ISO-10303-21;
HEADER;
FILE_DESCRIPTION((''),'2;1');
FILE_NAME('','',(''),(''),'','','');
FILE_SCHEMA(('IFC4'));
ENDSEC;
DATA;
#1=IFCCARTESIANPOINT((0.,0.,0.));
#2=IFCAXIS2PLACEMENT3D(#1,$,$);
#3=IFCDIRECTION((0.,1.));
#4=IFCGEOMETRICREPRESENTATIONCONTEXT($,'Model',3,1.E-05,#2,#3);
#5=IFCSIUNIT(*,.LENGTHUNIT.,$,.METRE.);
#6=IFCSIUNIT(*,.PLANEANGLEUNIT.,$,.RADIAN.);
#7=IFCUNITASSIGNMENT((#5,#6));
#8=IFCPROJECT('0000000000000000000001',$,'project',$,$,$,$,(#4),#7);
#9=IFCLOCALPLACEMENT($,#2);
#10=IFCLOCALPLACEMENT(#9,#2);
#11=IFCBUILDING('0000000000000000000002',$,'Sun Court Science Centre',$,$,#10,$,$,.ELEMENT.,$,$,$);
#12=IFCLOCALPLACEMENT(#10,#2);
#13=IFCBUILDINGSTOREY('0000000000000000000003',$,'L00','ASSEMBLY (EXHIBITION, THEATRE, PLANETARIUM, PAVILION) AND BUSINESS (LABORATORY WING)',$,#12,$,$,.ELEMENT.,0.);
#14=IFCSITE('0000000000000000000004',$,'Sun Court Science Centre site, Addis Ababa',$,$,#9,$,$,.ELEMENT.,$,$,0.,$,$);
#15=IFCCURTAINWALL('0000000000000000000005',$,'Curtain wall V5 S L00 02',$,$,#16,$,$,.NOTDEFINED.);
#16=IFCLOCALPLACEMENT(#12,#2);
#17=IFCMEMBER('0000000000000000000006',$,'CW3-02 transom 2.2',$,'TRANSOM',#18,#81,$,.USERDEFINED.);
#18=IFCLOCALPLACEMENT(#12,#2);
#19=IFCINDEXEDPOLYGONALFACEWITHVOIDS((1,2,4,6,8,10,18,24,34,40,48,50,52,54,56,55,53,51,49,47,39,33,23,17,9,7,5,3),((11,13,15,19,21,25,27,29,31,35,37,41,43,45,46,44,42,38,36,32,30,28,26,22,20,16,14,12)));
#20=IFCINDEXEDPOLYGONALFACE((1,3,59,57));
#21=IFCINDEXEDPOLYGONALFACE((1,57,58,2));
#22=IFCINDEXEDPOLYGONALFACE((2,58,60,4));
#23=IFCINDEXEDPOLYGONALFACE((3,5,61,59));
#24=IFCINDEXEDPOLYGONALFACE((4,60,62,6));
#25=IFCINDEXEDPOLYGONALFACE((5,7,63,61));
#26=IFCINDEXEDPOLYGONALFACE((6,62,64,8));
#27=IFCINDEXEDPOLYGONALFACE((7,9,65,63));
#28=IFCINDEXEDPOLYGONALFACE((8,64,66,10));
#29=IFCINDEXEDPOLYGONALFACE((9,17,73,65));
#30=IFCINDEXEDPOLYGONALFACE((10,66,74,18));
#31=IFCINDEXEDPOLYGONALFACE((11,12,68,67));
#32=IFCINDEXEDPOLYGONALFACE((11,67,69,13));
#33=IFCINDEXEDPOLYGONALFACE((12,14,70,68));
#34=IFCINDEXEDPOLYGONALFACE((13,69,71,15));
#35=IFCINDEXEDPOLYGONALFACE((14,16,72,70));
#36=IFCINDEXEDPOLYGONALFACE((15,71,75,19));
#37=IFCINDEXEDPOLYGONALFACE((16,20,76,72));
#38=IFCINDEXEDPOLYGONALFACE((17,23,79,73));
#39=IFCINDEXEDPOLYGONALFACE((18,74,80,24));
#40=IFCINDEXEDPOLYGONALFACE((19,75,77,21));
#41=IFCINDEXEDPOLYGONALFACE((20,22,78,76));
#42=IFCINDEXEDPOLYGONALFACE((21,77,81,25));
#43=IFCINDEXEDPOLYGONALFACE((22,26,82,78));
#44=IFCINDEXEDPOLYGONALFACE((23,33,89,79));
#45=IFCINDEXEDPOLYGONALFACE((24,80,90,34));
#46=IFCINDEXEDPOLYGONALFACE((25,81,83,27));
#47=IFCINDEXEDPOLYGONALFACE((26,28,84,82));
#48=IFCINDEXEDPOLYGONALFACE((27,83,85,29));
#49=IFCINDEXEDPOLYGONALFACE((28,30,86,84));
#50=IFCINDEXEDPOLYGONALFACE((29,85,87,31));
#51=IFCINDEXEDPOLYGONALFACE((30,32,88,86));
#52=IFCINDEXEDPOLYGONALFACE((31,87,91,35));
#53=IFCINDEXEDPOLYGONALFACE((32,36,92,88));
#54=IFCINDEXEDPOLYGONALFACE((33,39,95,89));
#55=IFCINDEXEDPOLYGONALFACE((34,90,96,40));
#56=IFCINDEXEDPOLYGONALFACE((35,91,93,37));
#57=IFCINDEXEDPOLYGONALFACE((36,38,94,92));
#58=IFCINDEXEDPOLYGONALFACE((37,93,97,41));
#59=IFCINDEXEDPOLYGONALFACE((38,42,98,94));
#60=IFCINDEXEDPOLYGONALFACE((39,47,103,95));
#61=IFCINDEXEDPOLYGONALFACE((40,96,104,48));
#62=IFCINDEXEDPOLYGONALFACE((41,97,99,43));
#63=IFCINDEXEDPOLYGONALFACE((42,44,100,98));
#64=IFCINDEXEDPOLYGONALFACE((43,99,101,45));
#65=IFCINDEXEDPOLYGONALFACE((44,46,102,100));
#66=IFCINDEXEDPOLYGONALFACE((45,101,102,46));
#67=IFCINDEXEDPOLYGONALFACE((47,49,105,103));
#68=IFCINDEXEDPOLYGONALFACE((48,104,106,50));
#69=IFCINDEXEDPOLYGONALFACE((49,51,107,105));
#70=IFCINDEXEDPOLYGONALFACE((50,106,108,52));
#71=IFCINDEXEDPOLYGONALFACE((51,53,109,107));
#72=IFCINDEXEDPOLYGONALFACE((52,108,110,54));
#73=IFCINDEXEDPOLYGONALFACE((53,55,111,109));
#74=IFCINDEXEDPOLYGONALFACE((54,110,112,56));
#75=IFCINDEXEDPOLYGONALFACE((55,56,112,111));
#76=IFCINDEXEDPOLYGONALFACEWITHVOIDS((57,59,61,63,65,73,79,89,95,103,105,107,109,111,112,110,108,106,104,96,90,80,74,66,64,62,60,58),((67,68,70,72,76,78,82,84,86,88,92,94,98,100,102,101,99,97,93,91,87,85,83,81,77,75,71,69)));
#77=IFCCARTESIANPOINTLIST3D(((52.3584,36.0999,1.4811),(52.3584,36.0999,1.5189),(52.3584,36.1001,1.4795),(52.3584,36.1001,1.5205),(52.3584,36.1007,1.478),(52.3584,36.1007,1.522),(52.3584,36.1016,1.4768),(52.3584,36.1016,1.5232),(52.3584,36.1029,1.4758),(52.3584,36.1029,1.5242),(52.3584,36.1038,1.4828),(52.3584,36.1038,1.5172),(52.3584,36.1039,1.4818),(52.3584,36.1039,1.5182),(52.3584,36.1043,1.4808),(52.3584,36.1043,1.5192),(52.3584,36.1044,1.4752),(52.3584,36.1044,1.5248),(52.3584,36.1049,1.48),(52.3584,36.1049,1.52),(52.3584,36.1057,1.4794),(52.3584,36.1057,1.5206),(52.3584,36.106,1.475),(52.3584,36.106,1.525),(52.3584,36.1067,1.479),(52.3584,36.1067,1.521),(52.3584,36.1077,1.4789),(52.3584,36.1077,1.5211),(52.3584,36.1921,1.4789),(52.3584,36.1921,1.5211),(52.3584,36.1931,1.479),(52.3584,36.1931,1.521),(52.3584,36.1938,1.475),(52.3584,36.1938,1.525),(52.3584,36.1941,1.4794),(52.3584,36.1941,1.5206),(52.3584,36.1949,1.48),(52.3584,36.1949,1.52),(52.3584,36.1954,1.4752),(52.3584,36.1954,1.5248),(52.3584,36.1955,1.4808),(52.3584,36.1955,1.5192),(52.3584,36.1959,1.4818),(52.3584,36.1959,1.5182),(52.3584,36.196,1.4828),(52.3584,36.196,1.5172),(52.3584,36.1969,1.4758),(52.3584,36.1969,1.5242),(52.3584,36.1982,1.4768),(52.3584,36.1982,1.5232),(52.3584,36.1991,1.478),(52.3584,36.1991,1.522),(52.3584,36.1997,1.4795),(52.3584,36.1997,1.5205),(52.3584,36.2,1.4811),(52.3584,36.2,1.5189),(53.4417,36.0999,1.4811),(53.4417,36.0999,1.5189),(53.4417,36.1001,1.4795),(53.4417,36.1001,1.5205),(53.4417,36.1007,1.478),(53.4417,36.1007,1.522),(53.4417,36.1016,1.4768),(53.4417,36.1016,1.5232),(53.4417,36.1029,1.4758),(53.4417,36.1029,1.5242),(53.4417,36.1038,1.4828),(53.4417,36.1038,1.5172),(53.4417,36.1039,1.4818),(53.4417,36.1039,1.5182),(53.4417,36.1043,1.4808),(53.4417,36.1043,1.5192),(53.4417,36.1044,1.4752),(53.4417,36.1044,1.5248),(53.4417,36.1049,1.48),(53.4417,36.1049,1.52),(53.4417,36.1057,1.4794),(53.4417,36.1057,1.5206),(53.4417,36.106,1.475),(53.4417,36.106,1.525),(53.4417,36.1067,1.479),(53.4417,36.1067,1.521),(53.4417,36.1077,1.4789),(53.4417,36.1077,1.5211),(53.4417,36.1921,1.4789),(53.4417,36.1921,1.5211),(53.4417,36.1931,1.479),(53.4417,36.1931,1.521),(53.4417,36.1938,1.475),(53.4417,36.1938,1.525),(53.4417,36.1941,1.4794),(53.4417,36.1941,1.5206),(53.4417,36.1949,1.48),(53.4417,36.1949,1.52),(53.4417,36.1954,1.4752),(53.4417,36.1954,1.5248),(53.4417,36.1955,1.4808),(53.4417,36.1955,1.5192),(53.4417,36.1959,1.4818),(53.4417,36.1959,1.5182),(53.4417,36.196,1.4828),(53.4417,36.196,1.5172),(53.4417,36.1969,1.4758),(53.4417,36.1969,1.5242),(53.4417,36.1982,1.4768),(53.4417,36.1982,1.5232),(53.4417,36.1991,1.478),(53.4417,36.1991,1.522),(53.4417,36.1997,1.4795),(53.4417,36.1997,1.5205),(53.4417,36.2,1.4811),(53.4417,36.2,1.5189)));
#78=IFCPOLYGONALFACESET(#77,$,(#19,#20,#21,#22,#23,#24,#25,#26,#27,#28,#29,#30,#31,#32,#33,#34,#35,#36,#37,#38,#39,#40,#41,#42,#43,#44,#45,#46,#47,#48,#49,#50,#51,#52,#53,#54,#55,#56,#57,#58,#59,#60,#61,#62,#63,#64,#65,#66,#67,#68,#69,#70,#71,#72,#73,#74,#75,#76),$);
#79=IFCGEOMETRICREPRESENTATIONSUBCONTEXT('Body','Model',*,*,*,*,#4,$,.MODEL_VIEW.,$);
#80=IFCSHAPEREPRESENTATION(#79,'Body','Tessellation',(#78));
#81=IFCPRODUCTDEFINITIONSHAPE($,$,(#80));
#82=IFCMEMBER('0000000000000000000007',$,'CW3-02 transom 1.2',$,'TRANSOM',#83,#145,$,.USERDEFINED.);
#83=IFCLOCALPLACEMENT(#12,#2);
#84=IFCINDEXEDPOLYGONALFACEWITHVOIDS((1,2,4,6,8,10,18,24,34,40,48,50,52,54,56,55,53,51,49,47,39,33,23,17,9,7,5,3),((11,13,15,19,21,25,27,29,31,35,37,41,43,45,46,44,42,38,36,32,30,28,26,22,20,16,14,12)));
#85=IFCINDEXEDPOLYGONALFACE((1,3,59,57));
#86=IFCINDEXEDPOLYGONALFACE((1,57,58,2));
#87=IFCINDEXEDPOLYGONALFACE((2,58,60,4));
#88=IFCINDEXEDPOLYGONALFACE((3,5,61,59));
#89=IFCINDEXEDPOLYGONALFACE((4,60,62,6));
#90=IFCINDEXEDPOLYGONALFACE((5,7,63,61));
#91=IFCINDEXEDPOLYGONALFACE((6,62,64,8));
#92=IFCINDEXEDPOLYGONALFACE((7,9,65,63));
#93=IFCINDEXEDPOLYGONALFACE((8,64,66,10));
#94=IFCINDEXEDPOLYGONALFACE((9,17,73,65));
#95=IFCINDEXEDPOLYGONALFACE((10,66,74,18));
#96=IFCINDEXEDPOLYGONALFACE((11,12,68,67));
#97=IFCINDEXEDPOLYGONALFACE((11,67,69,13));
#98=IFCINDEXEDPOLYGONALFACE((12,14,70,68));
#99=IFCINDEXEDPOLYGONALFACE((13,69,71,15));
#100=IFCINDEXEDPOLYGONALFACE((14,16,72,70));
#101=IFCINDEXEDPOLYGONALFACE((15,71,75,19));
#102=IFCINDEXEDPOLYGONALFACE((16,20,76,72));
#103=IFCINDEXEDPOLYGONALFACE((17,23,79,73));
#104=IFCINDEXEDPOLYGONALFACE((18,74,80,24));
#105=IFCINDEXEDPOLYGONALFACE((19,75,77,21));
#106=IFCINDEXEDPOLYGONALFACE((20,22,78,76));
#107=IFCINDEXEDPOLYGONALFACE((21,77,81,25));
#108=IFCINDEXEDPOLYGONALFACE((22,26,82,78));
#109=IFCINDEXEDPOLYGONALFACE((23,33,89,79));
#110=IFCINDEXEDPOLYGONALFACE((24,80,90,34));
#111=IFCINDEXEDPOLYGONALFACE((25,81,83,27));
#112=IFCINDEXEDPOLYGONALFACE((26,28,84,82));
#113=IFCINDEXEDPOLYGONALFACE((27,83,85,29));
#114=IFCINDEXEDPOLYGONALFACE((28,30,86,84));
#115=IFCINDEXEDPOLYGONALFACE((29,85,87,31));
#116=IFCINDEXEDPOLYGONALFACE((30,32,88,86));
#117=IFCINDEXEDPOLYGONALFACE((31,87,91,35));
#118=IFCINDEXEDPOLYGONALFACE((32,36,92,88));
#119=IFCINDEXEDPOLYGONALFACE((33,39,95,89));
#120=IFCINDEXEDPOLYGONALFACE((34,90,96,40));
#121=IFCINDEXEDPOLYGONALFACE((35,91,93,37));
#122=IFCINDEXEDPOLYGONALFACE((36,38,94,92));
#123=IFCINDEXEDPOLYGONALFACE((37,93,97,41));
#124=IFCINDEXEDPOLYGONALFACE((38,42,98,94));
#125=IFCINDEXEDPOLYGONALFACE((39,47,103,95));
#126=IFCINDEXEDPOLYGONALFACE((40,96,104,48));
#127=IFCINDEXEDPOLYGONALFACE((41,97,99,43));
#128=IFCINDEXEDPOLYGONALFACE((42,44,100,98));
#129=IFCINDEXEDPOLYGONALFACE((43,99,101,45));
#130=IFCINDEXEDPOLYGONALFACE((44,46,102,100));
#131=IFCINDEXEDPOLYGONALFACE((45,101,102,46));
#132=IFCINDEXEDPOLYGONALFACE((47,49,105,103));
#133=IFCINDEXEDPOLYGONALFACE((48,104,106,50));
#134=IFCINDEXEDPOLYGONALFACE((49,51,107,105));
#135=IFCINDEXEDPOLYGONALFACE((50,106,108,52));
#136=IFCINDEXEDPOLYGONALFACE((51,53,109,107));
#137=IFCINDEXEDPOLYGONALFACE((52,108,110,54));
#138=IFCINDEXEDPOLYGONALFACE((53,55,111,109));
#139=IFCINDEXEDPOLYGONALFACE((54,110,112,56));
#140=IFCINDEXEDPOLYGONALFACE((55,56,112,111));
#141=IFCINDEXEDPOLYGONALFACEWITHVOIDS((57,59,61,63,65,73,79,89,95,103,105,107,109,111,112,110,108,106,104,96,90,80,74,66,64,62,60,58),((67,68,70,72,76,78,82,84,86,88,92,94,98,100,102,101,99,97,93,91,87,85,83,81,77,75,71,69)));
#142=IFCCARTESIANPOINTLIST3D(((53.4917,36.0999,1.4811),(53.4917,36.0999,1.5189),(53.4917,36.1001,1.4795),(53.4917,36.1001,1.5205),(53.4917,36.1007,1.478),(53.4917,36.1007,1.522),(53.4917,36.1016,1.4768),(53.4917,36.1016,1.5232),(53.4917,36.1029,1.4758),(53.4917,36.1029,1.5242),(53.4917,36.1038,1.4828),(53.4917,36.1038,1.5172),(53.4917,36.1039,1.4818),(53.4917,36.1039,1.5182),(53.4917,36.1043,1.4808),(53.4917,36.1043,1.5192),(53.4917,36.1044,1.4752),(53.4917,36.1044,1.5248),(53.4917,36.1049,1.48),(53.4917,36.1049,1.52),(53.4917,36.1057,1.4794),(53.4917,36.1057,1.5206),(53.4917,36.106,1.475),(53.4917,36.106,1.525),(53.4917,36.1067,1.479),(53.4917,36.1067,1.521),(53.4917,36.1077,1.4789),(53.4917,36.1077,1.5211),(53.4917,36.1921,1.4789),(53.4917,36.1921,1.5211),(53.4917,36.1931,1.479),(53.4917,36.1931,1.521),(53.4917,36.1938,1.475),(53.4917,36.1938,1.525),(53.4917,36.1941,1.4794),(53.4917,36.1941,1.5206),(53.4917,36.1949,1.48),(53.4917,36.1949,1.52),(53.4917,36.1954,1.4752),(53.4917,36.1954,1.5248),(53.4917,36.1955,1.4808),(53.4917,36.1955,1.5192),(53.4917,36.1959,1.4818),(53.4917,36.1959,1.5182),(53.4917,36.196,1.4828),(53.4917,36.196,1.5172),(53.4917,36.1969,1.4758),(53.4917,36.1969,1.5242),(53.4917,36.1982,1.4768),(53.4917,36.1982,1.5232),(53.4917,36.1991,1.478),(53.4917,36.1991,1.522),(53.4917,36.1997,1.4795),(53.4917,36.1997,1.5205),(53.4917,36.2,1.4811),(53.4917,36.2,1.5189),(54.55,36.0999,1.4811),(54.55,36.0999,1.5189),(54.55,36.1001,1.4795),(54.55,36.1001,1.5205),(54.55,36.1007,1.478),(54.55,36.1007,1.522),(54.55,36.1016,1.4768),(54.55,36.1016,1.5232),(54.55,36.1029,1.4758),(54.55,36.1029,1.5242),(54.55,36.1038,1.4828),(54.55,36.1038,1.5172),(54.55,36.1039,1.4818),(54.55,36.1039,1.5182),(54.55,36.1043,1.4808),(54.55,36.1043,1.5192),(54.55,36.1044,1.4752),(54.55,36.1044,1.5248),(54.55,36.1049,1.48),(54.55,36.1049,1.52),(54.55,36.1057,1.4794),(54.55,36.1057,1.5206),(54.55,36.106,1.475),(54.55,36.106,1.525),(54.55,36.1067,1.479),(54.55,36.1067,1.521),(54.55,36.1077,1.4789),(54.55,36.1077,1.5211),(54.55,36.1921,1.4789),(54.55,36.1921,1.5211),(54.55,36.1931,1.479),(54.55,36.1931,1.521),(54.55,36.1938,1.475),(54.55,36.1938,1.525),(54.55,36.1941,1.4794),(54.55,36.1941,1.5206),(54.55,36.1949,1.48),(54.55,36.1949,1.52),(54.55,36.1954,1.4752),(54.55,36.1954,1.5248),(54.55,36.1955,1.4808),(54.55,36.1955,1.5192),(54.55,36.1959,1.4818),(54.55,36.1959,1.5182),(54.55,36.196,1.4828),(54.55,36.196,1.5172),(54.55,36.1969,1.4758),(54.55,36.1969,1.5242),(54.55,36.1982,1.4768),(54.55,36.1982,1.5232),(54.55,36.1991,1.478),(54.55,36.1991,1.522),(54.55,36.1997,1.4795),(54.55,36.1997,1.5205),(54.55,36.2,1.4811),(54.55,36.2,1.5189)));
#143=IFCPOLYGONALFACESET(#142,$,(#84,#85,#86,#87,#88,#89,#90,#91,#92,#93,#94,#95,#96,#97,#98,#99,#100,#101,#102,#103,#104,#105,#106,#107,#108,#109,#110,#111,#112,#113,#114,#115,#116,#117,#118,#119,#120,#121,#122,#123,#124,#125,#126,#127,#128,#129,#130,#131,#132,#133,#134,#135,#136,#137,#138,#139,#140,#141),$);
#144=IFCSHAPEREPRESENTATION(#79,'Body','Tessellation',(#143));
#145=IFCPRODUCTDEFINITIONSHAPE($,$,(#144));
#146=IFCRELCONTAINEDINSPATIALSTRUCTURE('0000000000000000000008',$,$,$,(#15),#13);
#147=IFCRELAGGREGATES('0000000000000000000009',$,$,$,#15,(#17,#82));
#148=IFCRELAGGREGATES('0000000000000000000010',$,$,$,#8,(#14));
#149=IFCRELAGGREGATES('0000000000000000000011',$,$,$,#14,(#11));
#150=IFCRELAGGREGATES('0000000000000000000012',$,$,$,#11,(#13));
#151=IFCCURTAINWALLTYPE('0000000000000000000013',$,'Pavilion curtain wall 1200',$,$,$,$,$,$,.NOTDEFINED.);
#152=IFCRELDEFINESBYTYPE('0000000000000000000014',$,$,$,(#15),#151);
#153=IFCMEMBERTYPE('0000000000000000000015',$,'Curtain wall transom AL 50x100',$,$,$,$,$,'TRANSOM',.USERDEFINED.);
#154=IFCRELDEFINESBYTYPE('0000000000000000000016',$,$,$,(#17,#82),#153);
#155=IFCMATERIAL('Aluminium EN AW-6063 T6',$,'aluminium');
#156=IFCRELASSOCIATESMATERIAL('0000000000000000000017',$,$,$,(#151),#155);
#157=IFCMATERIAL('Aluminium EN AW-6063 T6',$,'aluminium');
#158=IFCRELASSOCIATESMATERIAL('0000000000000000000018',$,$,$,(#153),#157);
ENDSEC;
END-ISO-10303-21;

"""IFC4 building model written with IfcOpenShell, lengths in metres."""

from ifc_helpers import new_model, si_unit, direction, frame, origin, origin_2d, place, context, subcontext, project, spatial, hollow_rectangle, extrude, material, material_profile, profile_set, type_object, element, aggregate, save


model = new_model("IFC4")

# Units and contexts
model_context = context("Model", 3, precision=1e-05, world=origin(), true_north=direction((0.0, 1.0)))
body_context = subcontext(model_context, "Body", "Model", "MODEL_VIEW")
ifc_project = project(units=[si_unit("LENGTHUNIT", "METRE"), si_unit("PLANEANGLEUNIT", "RADIAN")], contexts=[model_context])

# Site, building, storey
site_placement = place(None, origin())
site = spatial("IfcSite", under=ifc_project, at=site_placement, Name="Sun Court Science Centre site, Addis Ababa", CompositionType="ELEMENT", RefElevation=0.0)
building_placement = place(site_placement, origin())
building = spatial("IfcBuilding", under=site, at=building_placement, Name="Sun Court Science Centre", CompositionType="ELEMENT")
storey_placement = place(building_placement, origin())
storey = spatial("IfcBuildingStorey", under=building, at=storey_placement, Name="L00", Description="ASSEMBLY (EXHIBITION, THEATRE, PLANETARIUM, PAVILION) AND BUSINESS (LABORATORY WING)", CompositionType="ELEMENT", Elevation=0.0)

# Shared definitions
ifc_material_1 = material(Name="Aluminium EN AW-6063 T6", Category="aluminium")
curtain_wall_type = type_object("IfcCurtainWallType", Name="Pavilion curtain wall 1200", PredefinedType="NOTDEFINED", material=ifc_material_1)

# Curtain wall, members
curtain_wall_1_placement = place(storey_placement, origin())
curtain_wall_1 = element("IfcCurtainWall", 1, at=curtain_wall_1_placement, inside=storey, type_object=curtain_wall_type, Name="Curtain wall V5 S L00 02", PredefinedType="NOTDEFINED")
ifc_material_2 = material(Name="Aluminium EN AW-6063 T6", Category="aluminium")
ifc_material_profile_1 = material_profile(ifc_material_2, hollow_rectangle(XDim=0.05, YDim=0.1001, WallThickness=0.0039, InnerFilletRadius=0.0039, OuterFilletRadius=0.0061, at=origin_2d()), Name="AL 50x100x4")
ifc_profile_set_1 = profile_set([ifc_material_profile_1], Name="Aluminium EN AW-6063 T6")
member_type_1 = type_object("IfcMemberType", Name="Curtain wall transom AL 50x100", ElementType="TRANSOM", PredefinedType="USERDEFINED", material=ifc_profile_set_1)
member_1_placement = place(storey_placement, frame((53.4417, 36.1499, 1.5), z_axis=(-1.0, 0.0, 0.0), x_axis=(0.0, 0.0, 1.0)))
member_1 = element("IfcMember", 2, at=member_1_placement, type_object=member_type_1, Name="CW3-02 transom 2.2", ObjectType="TRANSOM", PredefinedType="USERDEFINED", context=body_context, shape_type="SweptSolid", body=[
    extrude(hollow_rectangle(XDim=0.05, YDim=0.1001, WallThickness=0.0039, InnerFilletRadius=0.0039, OuterFilletRadius=0.0061, at=origin_2d()), origin(), (0.0, 0.0, 1.0), 1.0833),
])
member_2_placement = place(storey_placement, frame((54.55, 36.1499, 1.5), z_axis=(-1.0, 0.0, 0.0), x_axis=(0.0, 0.0, 1.0)))
member_2 = element("IfcMember", 3, at=member_2_placement, type_object=member_type_1, Name="CW3-02 transom 1.2", ObjectType="TRANSOM", PredefinedType="USERDEFINED", context=body_context, shape_type="SweptSolid", body=[
    extrude(hollow_rectangle(XDim=0.05, YDim=0.1001, WallThickness=0.0039, InnerFilletRadius=0.0039, OuterFilletRadius=0.0061, at=origin_2d()), origin(), (0.0, 0.0, 1.0), 1.0583),
])

aggregate(curtain_wall_1, [member_1, member_2])

save(model, "model.ifc")
